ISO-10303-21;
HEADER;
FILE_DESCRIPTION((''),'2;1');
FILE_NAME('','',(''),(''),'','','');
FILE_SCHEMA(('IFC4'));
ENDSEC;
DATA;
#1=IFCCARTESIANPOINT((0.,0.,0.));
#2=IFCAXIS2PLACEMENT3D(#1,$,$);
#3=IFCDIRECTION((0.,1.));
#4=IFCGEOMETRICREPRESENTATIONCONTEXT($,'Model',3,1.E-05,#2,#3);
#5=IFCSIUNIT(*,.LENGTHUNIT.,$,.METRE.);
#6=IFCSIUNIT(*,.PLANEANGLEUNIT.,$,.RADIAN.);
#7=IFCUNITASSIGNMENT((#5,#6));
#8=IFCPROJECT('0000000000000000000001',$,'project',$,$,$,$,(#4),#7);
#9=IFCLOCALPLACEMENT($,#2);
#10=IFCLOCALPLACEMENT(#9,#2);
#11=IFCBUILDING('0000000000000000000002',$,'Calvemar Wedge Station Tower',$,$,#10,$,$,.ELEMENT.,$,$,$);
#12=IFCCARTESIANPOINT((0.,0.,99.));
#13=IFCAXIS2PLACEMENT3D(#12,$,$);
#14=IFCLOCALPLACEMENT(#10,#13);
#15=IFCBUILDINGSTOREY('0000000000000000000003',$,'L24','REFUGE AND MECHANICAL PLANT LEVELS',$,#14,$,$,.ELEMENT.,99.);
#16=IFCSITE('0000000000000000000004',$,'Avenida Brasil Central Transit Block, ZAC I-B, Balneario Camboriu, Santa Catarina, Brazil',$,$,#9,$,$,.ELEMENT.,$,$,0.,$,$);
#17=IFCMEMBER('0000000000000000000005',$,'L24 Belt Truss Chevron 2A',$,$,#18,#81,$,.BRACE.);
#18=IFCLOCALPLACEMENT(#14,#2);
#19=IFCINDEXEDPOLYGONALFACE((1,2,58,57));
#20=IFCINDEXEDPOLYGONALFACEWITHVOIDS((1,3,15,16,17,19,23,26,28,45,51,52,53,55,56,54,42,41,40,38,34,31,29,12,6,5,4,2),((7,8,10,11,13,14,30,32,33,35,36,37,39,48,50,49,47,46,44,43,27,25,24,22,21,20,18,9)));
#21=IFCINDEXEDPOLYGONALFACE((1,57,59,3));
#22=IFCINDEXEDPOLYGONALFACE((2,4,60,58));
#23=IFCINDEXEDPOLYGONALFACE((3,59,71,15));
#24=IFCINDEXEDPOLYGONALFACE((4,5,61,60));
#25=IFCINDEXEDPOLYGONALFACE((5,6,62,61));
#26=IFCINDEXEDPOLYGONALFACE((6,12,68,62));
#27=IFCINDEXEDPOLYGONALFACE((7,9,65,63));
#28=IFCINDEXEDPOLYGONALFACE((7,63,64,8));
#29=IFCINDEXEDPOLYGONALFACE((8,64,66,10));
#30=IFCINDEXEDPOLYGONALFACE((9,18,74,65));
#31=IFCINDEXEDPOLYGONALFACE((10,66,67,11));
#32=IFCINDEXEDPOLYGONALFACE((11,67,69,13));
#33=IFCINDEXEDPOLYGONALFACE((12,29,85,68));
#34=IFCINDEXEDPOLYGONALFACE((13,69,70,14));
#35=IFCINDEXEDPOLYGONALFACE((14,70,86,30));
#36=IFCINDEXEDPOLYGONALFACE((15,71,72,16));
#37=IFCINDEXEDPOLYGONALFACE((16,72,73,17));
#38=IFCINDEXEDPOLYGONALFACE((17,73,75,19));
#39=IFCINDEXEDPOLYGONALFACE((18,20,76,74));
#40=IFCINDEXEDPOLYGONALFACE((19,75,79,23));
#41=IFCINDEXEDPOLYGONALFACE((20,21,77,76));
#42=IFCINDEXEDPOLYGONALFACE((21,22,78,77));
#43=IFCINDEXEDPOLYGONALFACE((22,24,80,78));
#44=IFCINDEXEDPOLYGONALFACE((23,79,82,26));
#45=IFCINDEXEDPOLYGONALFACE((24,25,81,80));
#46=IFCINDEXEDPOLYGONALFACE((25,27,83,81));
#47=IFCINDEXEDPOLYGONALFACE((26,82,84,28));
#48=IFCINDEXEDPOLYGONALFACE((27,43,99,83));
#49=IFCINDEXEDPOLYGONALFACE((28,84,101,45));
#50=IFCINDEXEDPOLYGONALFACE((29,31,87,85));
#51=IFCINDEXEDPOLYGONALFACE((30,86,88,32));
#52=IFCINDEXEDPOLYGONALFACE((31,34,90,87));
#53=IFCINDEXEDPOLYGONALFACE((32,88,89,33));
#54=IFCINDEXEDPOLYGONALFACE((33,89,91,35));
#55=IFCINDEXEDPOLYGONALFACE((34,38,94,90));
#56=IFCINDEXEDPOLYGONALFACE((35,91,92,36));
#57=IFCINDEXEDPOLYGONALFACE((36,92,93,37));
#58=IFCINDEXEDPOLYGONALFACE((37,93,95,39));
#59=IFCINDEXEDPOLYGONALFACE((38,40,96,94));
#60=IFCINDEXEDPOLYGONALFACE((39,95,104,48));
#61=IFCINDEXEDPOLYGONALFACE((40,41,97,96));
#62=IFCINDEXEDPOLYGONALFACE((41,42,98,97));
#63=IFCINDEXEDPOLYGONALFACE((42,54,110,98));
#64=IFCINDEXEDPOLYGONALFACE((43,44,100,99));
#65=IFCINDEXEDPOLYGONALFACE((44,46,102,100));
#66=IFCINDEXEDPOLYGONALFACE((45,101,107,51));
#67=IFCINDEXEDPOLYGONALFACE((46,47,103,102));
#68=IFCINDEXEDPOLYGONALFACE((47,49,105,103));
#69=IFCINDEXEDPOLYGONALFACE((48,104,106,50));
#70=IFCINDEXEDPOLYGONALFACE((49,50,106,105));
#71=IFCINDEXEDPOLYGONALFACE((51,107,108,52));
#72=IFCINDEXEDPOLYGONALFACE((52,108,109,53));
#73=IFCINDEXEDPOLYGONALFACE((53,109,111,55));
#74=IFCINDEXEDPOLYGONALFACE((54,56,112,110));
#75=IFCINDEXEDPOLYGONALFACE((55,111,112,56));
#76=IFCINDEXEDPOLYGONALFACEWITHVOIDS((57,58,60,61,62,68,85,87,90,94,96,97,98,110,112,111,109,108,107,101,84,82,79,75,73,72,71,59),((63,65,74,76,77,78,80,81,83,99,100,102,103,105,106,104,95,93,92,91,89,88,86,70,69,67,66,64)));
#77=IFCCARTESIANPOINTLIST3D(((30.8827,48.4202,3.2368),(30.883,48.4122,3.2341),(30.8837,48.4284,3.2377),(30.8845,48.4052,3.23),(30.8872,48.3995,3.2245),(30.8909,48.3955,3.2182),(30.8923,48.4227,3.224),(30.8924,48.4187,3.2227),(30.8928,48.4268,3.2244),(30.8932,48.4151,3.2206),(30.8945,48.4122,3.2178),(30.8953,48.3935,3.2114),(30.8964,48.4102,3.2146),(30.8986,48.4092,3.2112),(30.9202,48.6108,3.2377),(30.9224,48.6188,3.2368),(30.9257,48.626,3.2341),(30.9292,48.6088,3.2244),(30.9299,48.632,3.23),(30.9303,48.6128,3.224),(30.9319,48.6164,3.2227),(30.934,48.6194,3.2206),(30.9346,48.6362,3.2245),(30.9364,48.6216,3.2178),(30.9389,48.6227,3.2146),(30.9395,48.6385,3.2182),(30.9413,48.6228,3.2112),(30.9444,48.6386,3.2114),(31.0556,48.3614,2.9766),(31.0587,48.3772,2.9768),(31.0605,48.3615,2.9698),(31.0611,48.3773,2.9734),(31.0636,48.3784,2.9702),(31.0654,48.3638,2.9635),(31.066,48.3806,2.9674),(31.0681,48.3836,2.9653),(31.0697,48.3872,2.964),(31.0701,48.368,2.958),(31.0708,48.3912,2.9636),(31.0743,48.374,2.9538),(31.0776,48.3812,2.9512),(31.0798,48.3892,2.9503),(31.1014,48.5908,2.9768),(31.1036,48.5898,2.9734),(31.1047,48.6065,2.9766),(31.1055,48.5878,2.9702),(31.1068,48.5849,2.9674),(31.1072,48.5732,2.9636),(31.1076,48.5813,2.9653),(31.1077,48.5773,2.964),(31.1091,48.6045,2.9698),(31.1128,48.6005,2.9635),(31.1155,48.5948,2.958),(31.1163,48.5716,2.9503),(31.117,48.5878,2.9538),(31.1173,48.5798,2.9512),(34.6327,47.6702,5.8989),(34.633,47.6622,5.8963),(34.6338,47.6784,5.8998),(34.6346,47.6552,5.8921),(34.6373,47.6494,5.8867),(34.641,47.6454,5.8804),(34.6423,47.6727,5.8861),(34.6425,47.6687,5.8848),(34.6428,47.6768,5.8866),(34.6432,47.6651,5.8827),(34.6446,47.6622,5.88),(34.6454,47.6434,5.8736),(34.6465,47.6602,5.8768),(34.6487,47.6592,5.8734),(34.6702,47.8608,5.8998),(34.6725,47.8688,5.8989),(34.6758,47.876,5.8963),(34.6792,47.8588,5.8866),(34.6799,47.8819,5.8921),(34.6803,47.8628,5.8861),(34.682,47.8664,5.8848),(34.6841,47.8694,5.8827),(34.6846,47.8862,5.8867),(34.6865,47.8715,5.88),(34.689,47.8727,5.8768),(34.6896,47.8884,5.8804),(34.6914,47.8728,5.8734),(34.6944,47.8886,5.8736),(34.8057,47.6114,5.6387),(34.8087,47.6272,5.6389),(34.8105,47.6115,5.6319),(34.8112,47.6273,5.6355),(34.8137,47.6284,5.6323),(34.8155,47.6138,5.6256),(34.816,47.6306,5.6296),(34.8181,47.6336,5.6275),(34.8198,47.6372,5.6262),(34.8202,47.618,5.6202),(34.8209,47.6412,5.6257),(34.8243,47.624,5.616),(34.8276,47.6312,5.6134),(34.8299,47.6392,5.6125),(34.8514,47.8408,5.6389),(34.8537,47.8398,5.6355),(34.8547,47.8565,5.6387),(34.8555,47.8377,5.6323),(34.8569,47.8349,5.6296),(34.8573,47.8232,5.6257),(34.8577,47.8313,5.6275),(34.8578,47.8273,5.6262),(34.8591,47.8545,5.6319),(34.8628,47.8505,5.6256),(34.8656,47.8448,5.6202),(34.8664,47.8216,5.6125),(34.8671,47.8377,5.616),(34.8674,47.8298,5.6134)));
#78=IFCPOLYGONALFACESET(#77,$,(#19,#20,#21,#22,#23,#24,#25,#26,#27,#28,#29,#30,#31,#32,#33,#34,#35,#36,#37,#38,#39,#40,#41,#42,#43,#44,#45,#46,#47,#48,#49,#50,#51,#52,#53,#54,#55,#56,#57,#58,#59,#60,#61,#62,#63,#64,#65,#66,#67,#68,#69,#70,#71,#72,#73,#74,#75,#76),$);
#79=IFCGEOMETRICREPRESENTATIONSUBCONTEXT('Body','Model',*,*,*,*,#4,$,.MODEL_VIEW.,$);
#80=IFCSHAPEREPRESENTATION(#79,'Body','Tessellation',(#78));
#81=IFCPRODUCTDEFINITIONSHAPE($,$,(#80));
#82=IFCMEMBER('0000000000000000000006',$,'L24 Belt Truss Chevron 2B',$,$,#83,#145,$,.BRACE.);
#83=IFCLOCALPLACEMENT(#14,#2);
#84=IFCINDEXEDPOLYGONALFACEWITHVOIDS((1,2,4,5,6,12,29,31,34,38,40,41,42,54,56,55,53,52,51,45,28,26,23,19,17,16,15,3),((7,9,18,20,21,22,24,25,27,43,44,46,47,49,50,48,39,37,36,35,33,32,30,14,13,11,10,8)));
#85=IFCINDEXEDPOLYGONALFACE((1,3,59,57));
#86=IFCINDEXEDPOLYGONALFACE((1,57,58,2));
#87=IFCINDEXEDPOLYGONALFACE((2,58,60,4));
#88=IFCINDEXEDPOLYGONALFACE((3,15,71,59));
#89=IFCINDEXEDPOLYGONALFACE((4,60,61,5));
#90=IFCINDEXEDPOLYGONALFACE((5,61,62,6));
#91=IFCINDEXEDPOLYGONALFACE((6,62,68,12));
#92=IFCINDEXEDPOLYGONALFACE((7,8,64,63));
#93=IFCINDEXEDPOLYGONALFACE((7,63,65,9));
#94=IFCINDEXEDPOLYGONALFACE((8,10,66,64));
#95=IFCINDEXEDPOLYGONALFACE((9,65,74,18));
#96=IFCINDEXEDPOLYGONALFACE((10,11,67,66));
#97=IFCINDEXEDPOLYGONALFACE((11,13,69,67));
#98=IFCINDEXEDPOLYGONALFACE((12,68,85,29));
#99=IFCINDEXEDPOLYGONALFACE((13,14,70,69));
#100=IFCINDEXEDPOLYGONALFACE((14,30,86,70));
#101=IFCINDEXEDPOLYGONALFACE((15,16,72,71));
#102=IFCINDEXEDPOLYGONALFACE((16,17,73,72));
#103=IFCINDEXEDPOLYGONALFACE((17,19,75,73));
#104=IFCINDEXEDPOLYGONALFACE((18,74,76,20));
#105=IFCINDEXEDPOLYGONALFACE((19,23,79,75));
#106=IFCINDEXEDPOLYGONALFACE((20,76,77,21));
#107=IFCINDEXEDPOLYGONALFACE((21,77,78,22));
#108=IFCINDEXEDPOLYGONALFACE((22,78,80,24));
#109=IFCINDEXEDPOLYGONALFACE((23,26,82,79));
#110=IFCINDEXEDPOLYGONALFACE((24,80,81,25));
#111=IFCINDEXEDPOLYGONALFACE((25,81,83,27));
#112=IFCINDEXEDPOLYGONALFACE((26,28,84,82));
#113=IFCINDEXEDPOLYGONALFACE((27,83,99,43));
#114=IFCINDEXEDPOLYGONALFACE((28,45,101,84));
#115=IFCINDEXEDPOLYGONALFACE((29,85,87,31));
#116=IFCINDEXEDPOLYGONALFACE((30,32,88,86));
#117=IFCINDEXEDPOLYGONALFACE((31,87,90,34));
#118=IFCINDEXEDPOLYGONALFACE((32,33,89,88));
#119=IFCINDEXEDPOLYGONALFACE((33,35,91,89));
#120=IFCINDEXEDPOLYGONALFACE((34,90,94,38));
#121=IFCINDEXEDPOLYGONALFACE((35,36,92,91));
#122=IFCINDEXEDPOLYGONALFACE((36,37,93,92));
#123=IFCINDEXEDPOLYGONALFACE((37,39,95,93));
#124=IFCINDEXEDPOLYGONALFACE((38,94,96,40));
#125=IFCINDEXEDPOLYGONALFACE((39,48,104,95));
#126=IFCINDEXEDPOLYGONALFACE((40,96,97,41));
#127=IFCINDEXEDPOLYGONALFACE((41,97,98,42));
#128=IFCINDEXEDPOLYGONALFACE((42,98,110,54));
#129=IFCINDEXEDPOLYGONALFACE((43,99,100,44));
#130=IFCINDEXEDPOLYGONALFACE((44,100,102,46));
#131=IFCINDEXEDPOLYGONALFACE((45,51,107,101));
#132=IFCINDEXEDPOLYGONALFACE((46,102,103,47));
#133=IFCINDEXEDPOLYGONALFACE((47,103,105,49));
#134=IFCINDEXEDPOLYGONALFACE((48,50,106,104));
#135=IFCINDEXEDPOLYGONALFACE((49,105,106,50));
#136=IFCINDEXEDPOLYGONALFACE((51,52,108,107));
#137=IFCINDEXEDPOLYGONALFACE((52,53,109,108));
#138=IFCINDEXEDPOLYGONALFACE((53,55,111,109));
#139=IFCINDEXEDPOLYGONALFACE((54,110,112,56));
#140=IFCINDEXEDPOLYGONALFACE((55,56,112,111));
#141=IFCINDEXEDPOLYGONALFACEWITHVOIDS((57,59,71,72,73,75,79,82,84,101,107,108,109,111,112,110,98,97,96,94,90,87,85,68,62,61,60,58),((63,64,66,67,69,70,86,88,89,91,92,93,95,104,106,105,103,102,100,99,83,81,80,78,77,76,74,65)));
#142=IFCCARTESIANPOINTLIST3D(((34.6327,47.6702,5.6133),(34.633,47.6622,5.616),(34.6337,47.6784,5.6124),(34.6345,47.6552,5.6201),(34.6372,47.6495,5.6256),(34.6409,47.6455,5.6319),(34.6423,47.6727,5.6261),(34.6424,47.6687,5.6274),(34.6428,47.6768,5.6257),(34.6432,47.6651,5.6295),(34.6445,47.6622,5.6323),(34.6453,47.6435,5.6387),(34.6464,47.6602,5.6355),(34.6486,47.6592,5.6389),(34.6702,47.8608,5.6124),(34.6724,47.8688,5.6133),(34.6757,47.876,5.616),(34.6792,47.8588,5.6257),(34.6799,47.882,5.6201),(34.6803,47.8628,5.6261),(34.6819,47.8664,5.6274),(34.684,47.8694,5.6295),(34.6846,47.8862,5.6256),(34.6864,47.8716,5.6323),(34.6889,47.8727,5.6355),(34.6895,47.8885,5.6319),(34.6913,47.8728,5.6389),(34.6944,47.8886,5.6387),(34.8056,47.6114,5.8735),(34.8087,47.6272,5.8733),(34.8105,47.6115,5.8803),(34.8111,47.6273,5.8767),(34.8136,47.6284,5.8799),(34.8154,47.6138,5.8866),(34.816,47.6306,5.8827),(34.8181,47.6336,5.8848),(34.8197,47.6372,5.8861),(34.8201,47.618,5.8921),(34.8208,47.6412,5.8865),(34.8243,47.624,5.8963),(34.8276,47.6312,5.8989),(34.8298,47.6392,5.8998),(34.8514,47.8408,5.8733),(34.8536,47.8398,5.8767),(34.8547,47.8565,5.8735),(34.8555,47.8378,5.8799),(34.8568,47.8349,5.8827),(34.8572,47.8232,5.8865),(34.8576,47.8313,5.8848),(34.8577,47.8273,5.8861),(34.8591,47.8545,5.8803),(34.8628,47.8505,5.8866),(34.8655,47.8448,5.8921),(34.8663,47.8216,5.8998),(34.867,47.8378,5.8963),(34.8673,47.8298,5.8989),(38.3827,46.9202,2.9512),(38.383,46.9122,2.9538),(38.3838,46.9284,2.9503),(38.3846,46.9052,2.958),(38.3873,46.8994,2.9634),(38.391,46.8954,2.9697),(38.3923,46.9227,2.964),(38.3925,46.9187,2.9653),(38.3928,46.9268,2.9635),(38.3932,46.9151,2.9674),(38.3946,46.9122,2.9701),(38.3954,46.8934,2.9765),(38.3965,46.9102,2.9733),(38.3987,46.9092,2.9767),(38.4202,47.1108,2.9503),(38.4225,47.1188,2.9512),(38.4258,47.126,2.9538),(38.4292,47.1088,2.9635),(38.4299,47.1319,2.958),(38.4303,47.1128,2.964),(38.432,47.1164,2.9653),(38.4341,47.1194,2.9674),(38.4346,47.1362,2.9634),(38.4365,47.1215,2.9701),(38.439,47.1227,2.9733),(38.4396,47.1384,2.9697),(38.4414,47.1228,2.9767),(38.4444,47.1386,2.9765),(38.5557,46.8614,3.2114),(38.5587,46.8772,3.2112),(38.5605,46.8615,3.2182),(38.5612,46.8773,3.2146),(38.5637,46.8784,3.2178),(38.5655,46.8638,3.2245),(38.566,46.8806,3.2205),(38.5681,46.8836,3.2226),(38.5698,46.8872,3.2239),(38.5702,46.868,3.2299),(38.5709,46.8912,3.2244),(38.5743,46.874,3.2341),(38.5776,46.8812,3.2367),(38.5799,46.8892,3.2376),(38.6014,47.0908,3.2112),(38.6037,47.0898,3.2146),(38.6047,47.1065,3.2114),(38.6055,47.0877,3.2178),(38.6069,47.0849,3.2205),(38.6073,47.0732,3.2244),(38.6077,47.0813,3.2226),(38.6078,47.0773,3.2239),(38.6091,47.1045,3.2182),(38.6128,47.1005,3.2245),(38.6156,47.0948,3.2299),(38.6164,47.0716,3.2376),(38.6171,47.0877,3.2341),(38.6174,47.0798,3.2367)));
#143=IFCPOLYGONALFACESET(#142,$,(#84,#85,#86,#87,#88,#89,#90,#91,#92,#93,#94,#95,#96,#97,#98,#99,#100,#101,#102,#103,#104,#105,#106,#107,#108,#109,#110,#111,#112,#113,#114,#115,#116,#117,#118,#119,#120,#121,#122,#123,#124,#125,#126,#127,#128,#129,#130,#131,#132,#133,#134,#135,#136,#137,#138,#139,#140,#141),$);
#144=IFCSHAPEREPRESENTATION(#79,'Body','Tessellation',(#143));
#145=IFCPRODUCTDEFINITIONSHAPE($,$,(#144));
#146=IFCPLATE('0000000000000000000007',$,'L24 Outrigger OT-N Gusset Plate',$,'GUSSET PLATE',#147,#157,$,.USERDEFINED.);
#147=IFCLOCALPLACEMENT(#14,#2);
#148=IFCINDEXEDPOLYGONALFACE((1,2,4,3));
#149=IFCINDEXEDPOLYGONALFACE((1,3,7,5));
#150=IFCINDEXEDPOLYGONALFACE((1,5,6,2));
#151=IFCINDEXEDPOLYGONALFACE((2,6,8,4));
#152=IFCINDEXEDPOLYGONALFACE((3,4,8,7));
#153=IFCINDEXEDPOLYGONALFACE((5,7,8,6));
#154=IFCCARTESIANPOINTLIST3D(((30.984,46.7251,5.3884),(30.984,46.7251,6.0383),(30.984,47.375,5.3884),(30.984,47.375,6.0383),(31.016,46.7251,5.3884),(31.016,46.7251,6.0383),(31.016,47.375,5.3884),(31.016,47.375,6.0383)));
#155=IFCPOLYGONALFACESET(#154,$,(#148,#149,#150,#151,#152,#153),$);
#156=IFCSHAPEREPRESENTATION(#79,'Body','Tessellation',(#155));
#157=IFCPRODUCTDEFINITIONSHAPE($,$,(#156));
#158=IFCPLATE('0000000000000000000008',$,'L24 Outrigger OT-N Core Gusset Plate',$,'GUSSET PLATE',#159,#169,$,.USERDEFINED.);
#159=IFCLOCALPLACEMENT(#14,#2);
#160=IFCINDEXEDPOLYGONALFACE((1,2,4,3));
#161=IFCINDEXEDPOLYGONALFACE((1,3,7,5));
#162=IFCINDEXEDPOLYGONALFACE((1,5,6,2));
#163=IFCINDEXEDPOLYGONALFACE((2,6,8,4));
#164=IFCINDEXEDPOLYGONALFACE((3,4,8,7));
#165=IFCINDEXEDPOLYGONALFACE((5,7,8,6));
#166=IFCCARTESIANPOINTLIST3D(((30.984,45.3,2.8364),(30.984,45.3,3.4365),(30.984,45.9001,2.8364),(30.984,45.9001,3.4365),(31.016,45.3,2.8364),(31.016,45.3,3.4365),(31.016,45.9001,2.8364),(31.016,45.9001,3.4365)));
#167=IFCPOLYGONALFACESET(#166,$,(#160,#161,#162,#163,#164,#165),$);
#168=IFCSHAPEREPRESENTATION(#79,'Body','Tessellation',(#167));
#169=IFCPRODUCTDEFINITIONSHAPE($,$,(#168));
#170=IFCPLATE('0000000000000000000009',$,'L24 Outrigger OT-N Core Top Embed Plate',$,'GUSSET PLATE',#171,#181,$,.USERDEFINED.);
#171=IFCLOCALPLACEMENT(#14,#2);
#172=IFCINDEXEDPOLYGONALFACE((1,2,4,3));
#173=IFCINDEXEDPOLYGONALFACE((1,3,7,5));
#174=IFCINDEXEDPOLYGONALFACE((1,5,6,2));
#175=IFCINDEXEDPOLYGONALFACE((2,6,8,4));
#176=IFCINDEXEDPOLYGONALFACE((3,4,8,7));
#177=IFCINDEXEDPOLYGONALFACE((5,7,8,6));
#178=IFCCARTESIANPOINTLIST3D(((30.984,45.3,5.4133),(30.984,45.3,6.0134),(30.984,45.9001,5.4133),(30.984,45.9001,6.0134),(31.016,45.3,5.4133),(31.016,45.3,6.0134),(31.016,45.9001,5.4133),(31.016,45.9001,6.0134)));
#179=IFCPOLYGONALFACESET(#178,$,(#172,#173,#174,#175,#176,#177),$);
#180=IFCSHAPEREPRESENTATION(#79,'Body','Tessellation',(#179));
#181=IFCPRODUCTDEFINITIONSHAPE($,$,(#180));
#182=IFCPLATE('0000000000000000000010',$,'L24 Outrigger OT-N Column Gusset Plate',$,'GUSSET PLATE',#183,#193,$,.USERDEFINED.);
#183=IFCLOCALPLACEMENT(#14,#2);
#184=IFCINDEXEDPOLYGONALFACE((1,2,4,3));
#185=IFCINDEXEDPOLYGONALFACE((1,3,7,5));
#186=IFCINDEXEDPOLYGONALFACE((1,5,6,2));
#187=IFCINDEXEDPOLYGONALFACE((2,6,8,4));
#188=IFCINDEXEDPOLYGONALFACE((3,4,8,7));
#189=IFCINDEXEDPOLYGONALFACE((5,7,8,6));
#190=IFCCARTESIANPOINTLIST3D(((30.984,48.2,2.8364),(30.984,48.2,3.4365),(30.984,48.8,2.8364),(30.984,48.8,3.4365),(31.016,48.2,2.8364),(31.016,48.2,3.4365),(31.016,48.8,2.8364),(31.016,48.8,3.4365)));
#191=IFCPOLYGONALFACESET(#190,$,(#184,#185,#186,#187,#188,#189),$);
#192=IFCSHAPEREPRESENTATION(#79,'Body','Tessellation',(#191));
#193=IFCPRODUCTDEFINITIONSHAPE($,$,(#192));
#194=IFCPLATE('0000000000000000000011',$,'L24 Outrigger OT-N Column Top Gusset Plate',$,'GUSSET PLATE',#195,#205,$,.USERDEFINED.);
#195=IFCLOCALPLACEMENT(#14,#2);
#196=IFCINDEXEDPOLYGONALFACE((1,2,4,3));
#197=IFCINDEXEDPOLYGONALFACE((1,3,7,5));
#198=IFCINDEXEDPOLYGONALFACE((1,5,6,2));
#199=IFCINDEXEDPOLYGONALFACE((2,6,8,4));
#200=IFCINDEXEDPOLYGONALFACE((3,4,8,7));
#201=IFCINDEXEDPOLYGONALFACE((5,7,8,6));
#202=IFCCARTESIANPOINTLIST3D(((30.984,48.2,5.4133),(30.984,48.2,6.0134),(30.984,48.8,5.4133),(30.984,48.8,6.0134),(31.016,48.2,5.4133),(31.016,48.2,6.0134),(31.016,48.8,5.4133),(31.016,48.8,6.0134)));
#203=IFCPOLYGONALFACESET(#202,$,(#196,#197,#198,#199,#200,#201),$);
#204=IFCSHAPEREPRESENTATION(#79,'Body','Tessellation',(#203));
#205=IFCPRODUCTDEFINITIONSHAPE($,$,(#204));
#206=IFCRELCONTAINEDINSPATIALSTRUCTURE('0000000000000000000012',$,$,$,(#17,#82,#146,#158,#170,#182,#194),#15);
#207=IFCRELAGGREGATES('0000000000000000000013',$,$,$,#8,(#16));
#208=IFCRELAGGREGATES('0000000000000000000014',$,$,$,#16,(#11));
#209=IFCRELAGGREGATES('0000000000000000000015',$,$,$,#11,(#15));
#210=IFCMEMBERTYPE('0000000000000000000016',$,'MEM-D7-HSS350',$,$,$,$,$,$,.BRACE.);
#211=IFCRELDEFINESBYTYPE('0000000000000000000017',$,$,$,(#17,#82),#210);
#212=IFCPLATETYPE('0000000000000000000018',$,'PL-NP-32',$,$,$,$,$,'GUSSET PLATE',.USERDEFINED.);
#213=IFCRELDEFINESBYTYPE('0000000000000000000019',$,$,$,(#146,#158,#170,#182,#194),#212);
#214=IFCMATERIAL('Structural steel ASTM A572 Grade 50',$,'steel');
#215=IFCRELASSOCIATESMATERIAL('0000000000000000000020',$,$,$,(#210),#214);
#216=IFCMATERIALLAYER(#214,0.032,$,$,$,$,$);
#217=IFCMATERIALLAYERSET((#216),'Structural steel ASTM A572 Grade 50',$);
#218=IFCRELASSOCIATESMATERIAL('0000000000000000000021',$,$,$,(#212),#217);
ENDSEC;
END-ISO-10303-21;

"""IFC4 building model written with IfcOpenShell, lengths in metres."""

from ifc_helpers import new_model, si_unit, direction, frame, origin, origin_2d, place, context, subcontext, project, spatial, rectangle, hollow_rectangle, extrude, source, transform, mapped, material, layer, layer_set, material_profile, profile_set, type_object, element, save


model = new_model("IFC4")

# Units and contexts
model_context = context("Model", 3, precision=1e-05, world=origin(), true_north=direction((0.0, 1.0)))
body_context = subcontext(model_context, "Body", "Model", "MODEL_VIEW")
ifc_project = project(units=[si_unit("LENGTHUNIT", "METRE"), si_unit("PLANEANGLEUNIT", "RADIAN")], contexts=[model_context])

# Site, building, storey
site_placement = place(None, origin())
site = spatial("IfcSite", under=ifc_project, at=site_placement, Name="Avenida Brasil Central Transit Block, ZAC I-B, Balneario Camboriu, Santa Catarina, Brazil", CompositionType="ELEMENT", RefElevation=0.0)
building_placement = place(site_placement, origin())
building = spatial("IfcBuilding", under=site, at=building_placement, Name="Calvemar Wedge Station Tower", CompositionType="ELEMENT")
storey_placement = place(building_placement, frame((0.0, 0.0, 99.0)))
storey = spatial("IfcBuildingStorey", under=building, at=storey_placement, Name="L24", Description="REFUGE AND MECHANICAL PLANT LEVELS", CompositionType="ELEMENT", Elevation=99.0)

# Shared definitions
ifc_material_1 = material(Name="Structural steel ASTM A572 Grade 50", Category="steel")

# Members
ifc_material_profile_1 = material_profile(ifc_material_1, hollow_rectangle(XDim=0.25, YDim=0.3501, WallThickness=0.0161, InnerFilletRadius=0.0161, OuterFilletRadius=0.032, at=origin_2d()), Name="HSS350x250x16")
ifc_profile_set_1 = profile_set([ifc_material_profile_1], Name="Structural steel ASTM A572 Grade 50")
member_type_1 = type_object("IfcMemberType", Name="MEM-D7-HSS350", PredefinedType="BRACE", material=ifc_profile_set_1)
shared_shape_1 = source(origin(), body_context, "Body", "SweptSolid", [
    extrude(hollow_rectangle(XDim=0.25, YDim=0.3501, WallThickness=0.0161, InnerFilletRadius=0.0161, OuterFilletRadius=0.032, at=origin_2d()), origin(), (0.0, 0.0, 1.0), 4.6597),
])
for number, where, z_axis, x_axis, name in (
    (1, (31.0, 48.5, 3.094), (0.804791, -0.160958, 0.571318), (0.196116, 0.980581, 0.0), "L24 Belt Truss Chevron 2A"),
    (2, (34.75, 47.75, 5.7561), (0.804791, -0.160958, -0.571318), (0.196116, 0.980581, 0.0), "L24 Belt Truss Chevron 2B"),
):
    element("IfcMember", number, at=place(storey_placement, frame(where, z_axis=z_axis, x_axis=x_axis)), inside=storey, type_object=member_type_1, Name=name, PredefinedType="BRACE", context=body_context, shape_type="MappedRepresentation", body=[
        mapped(shared_shape_1, transform((0.0, 0.0, 0.0), scale=1.0)),
    ])

# Plates
ifc_layer_1 = layer(ifc_material_1, 0.032)
ifc_layer_set_1 = layer_set([ifc_layer_1], Name="Structural steel ASTM A572 Grade 50")
plate_type_1 = type_object("IfcPlateType", Name="PL-NP-32", ElementType="GUSSET PLATE", PredefinedType="USERDEFINED", material=ifc_layer_set_1)
shared_shape_2 = source(origin(), body_context, "Body", "SweptSolid", [
    extrude(rectangle(XDim=0.6499, YDim=0.032, at=origin_2d()), origin(), (0.0, 0.0, 1.0), 0.6499),
])
plate_1_placement = place(storey_placement, frame((31.0, 47.05, 5.3884), z_axis=(0.0, 0.0, 1.0), x_axis=(0.0, 1.0, 0.0)))
element("IfcPlate", 3, at=plate_1_placement, inside=storey, type_object=plate_type_1, Name="L24 Outrigger OT-N Gusset Plate", ObjectType="GUSSET PLATE", PredefinedType="USERDEFINED", context=body_context, shape_type="MappedRepresentation", body=[
    mapped(shared_shape_2, transform((0.0, 0.0, 0.0), scale=1.0)),
])
shared_shape_3 = source(origin(), body_context, "Body", "SweptSolid", [
    extrude(rectangle(XDim=0.6001, YDim=0.032, at=origin_2d()), origin(), (0.0, 0.0, 1.0), 0.6001),
])
for number, where, z_axis, x_axis, name in (
    (4, (31.0, 45.6001, 2.8364), (0.0, 0.0, 1.0), (0.0, 1.0, 0.0), "L24 Outrigger OT-N Core Gusset Plate"),
    (5, (31.0, 45.6001, 5.4133), (0.0, 0.0, 1.0), (0.0, 1.0, 0.0), "L24 Outrigger OT-N Core Top Embed Plate"),
    (6, (31.0, 48.5, 2.8364), (0.0, 0.0, 1.0), (0.0, 1.0, 0.0), "L24 Outrigger OT-N Column Gusset Plate"),
    (7, (31.0, 48.5, 5.4133), (0.0, 0.0, 1.0), (0.0, 1.0, 0.0), "L24 Outrigger OT-N Column Top Gusset Plate"),
):
    element("IfcPlate", number, at=place(storey_placement, frame(where, z_axis=z_axis, x_axis=x_axis)), inside=storey, type_object=plate_type_1, Name=name, ObjectType="GUSSET PLATE", PredefinedType="USERDEFINED", context=body_context, shape_type="MappedRepresentation", body=[
        mapped(shared_shape_3, transform((0.0, 0.0, 0.0), scale=1.0)),
    ])

save(model, "model.ifc")
